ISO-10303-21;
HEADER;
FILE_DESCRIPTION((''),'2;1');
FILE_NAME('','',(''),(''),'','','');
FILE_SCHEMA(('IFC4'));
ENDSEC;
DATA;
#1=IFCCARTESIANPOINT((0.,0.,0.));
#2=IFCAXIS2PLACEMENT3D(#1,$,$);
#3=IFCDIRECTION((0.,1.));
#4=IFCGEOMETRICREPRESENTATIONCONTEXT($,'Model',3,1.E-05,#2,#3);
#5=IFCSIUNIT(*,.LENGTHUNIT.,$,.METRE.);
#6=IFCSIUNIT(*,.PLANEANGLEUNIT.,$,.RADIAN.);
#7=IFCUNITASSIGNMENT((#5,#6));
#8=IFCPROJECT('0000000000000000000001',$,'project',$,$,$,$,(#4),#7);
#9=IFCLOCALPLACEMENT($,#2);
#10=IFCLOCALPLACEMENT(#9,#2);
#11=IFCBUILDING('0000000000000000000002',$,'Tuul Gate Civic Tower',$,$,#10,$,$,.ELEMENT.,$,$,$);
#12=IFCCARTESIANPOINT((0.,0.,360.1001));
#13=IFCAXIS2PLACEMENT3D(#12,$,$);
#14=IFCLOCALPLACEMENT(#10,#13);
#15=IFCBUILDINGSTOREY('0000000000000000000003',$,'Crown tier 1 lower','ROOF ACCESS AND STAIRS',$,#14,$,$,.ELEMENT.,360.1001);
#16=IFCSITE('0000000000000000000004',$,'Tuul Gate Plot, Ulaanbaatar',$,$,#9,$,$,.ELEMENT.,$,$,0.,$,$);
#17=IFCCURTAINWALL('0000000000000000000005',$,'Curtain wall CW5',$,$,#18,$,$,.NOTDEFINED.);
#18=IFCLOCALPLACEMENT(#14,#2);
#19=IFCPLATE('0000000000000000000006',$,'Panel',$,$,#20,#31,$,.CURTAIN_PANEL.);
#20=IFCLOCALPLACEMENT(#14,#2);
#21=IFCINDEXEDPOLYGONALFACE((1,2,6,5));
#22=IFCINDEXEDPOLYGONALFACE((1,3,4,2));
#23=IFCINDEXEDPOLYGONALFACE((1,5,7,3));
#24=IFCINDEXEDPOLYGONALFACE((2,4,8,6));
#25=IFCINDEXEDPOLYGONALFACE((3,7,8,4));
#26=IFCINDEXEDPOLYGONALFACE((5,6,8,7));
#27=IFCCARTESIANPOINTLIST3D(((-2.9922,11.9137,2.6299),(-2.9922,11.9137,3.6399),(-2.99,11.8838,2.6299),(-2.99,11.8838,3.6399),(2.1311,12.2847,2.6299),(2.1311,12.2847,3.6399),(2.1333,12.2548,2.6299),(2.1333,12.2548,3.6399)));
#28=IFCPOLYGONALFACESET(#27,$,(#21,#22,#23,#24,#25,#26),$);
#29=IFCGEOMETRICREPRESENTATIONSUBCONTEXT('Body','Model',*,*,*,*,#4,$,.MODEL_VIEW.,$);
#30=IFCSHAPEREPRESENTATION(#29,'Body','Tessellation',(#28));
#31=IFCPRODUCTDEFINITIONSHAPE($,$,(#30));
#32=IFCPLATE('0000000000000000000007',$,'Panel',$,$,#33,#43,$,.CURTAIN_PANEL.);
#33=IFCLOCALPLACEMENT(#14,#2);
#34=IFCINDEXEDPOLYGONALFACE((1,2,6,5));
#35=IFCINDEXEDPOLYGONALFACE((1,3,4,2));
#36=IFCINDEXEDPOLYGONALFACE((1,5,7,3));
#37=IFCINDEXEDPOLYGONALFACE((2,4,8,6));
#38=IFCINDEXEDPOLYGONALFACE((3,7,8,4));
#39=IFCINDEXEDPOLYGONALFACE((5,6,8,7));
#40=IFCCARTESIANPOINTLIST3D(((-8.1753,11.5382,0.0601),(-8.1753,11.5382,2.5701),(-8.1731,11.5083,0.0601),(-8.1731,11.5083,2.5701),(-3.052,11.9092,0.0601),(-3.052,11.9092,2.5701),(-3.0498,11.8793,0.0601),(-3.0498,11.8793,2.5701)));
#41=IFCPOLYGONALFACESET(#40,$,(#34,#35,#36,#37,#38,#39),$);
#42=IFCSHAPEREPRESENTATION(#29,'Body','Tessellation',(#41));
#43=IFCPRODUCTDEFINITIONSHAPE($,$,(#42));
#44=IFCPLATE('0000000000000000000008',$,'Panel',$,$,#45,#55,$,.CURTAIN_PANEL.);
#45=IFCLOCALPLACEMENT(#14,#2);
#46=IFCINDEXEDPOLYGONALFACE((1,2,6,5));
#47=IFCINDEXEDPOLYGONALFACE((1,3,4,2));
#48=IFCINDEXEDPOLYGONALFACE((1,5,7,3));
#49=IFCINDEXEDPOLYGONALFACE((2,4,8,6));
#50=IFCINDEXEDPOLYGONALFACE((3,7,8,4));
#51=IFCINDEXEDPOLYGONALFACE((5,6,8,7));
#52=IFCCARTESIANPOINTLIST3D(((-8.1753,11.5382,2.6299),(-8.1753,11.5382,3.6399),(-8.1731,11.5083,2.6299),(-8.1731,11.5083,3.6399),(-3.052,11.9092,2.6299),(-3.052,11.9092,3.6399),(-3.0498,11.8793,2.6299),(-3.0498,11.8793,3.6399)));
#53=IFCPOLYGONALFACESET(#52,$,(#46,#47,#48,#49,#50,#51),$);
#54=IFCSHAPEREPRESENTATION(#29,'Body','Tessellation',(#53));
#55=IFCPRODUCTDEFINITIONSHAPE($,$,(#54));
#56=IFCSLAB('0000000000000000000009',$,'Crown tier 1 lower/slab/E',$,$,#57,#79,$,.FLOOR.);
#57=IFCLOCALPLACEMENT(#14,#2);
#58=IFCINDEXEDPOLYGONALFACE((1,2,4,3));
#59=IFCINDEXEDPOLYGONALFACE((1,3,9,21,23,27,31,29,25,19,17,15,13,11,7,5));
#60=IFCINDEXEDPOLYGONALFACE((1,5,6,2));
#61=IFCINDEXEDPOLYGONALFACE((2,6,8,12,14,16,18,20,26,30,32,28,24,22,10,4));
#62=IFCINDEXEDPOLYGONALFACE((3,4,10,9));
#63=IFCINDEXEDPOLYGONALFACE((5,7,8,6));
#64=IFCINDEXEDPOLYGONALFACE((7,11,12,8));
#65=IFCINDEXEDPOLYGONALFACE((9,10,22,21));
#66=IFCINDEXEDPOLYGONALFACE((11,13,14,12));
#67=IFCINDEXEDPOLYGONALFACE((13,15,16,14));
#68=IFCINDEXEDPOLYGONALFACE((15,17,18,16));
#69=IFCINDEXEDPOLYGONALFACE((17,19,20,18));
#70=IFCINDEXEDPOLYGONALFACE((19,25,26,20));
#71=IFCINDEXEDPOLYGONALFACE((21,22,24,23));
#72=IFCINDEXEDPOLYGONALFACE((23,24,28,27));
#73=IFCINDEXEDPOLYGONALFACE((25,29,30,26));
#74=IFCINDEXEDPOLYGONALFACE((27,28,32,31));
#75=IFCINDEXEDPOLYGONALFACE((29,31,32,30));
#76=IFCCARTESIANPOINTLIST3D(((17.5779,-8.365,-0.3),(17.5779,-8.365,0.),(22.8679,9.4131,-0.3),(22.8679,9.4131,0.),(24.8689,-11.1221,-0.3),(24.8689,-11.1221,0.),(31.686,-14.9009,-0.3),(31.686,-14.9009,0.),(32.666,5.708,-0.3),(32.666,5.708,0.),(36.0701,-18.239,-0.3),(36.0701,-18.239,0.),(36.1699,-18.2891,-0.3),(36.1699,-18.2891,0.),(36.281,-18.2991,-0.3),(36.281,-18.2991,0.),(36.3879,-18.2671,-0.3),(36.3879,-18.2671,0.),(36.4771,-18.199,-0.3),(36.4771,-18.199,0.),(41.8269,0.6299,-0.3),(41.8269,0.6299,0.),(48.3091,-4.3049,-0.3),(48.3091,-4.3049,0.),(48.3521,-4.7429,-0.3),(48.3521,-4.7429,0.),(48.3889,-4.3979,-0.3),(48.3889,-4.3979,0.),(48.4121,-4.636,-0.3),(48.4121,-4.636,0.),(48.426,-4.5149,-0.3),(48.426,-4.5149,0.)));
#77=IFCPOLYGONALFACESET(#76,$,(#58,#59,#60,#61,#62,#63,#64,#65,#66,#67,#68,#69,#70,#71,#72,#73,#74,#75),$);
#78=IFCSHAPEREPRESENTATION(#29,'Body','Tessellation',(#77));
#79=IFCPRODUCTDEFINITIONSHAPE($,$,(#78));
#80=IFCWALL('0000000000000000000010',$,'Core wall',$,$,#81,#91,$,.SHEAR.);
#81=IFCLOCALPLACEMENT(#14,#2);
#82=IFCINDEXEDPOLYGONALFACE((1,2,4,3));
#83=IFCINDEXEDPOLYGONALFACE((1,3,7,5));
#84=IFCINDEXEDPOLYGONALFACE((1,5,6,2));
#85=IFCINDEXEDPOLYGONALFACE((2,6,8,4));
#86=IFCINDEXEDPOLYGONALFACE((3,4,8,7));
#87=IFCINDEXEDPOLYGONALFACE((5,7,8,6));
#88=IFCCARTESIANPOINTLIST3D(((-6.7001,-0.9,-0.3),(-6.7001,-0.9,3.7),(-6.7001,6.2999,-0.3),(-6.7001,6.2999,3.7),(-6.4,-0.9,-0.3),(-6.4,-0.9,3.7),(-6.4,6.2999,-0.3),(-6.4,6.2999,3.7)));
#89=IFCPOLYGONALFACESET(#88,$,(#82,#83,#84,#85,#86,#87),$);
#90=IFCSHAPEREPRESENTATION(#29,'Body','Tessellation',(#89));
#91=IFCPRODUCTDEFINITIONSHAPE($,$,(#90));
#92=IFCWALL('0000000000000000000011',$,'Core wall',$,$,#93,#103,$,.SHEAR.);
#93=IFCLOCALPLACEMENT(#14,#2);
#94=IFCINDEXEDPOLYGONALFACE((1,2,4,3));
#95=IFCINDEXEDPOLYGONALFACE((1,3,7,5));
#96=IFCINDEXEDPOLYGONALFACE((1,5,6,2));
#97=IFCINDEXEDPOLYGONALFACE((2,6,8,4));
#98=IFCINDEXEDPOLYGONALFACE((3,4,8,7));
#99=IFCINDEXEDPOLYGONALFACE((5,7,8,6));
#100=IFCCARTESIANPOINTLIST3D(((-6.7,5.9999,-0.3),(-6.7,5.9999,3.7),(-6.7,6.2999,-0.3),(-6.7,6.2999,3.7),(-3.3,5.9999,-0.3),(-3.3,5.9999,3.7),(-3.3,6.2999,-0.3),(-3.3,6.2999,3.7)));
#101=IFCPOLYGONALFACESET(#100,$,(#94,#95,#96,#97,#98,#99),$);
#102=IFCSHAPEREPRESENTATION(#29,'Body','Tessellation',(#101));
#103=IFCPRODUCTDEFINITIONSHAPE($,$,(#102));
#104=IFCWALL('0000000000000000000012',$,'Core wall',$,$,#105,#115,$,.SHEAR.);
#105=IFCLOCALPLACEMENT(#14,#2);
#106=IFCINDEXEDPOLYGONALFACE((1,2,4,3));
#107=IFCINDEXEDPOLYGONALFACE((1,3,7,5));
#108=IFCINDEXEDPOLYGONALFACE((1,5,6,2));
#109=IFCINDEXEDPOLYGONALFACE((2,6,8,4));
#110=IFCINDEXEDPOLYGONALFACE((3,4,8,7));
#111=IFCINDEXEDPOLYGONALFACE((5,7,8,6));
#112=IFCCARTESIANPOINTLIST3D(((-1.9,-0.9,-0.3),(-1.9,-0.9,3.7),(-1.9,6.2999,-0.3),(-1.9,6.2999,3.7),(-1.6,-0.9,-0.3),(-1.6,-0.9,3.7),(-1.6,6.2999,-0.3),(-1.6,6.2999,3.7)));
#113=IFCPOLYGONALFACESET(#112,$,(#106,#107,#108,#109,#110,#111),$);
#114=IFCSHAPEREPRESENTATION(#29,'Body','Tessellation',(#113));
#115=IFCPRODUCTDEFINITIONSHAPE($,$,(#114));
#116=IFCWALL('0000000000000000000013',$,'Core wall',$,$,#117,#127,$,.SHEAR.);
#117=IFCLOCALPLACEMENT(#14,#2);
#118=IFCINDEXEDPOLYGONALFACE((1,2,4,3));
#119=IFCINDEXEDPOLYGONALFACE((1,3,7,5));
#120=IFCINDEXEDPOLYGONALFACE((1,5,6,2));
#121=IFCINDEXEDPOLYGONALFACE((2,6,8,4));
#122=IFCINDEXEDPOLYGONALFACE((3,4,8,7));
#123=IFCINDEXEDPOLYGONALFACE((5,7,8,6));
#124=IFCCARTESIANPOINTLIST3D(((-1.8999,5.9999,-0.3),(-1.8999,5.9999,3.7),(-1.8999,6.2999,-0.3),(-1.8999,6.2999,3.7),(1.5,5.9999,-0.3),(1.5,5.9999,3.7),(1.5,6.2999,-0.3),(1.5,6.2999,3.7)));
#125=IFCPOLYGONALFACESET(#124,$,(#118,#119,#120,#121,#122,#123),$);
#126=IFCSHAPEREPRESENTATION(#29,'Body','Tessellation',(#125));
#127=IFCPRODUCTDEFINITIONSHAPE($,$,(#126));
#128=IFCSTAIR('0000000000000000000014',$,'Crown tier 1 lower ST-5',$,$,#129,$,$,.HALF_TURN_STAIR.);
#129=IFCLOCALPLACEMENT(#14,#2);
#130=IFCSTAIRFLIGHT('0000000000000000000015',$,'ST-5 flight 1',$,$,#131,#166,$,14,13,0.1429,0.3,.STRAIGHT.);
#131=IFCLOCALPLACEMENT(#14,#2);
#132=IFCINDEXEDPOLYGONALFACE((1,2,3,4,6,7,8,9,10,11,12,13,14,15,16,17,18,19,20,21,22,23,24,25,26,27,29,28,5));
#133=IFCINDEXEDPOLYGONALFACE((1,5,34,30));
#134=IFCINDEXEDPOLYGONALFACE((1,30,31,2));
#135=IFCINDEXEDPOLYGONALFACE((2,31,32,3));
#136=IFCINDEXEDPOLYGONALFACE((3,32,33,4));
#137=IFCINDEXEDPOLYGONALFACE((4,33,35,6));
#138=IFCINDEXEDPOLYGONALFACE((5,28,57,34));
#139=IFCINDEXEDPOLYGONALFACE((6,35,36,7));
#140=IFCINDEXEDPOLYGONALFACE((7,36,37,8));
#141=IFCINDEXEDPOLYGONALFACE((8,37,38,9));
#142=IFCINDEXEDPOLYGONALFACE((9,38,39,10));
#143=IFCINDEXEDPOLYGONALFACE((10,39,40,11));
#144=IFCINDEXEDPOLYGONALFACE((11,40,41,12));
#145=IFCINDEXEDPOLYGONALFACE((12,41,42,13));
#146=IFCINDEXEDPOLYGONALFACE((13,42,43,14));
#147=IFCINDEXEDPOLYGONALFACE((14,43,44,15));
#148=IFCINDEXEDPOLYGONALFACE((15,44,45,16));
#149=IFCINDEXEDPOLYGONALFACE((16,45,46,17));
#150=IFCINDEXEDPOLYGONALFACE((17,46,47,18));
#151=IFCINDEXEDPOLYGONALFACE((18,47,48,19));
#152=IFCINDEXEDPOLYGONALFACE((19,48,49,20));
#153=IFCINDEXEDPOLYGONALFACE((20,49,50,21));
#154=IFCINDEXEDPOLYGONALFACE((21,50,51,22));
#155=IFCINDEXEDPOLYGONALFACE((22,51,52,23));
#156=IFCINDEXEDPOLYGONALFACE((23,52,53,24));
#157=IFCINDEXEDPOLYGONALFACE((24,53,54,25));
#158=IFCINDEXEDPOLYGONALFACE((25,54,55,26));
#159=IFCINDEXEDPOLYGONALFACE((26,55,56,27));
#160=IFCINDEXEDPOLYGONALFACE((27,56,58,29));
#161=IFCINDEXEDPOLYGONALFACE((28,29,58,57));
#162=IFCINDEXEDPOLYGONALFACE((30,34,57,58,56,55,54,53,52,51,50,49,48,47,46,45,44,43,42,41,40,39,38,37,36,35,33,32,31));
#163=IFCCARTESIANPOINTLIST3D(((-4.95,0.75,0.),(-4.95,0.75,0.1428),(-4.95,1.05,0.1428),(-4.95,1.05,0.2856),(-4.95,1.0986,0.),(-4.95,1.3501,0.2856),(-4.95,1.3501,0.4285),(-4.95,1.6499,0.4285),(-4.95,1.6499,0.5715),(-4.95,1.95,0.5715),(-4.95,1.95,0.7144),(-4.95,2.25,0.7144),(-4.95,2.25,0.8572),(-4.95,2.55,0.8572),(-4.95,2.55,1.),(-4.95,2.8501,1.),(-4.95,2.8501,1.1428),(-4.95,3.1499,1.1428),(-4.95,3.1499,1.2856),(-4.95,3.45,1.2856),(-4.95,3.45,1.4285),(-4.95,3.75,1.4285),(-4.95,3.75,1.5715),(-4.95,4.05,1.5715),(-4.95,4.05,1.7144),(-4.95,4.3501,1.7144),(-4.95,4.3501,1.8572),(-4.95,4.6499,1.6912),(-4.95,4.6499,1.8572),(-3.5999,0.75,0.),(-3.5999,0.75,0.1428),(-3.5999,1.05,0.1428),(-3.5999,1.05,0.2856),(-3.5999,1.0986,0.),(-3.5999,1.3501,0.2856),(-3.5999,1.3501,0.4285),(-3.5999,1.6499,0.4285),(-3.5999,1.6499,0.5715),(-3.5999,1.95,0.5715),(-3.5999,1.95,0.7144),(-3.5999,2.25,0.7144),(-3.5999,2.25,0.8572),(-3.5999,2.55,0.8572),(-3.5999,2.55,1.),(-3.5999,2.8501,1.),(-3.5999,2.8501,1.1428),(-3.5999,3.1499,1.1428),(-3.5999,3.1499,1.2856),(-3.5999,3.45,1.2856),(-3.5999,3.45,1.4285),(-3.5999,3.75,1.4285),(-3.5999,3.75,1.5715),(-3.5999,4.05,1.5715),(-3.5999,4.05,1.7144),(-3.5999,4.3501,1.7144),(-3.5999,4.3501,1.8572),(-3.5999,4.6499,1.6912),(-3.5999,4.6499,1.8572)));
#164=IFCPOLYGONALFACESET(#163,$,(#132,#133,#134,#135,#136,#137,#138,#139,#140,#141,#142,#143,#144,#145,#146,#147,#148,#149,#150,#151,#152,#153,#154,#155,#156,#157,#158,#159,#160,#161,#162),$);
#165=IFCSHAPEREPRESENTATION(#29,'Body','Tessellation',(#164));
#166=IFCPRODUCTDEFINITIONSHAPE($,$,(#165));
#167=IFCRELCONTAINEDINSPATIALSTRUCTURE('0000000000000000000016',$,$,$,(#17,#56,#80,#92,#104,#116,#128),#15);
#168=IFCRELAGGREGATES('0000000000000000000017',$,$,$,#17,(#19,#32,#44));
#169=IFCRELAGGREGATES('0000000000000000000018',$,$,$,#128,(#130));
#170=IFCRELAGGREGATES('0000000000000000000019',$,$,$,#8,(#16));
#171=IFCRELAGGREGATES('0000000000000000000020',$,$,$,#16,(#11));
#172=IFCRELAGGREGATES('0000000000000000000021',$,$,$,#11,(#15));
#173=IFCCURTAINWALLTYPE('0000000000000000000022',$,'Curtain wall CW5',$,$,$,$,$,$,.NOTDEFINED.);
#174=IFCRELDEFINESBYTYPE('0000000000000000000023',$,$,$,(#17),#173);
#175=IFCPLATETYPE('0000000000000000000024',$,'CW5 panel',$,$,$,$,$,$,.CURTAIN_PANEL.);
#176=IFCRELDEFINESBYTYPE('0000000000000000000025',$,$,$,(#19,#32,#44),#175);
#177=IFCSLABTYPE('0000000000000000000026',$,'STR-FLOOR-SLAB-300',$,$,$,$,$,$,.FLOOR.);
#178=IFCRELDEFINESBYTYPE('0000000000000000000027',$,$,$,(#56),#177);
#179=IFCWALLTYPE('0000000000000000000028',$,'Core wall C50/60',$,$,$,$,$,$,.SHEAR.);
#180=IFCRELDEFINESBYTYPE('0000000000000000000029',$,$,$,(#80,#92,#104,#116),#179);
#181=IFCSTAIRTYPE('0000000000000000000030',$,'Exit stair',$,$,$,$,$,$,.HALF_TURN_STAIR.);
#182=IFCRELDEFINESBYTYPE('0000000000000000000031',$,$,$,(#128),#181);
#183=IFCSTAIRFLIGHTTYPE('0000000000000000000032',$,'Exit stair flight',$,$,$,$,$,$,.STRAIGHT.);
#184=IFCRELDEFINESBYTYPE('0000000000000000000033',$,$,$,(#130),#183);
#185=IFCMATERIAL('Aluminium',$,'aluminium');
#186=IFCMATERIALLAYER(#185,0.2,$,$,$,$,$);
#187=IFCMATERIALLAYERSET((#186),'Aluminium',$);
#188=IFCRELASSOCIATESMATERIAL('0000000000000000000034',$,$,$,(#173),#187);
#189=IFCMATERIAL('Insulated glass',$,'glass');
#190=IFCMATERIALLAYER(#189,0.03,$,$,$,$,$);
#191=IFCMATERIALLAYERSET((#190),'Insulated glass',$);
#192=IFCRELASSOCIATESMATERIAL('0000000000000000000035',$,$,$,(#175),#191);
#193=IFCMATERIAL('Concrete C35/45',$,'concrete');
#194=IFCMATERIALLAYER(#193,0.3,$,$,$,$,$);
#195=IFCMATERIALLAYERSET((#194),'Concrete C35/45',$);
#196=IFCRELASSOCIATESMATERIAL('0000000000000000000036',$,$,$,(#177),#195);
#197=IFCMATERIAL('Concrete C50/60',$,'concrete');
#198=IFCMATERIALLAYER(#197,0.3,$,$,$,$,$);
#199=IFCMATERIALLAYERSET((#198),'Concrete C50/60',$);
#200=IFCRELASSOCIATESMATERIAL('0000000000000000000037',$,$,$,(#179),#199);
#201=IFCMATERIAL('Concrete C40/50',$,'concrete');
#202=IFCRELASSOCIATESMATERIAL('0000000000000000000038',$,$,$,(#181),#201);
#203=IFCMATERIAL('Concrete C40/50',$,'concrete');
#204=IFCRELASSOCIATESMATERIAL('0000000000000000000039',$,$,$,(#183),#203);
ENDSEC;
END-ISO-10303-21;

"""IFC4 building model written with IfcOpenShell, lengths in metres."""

from ifc_helpers import new_model, si_unit, direction, frame, frame_2d, origin, origin_2d, place, context, subcontext, project, spatial, polyline, rectangle, outline, extrude, material, layer, layer_set, type_object, element, aggregate, save


model = new_model("IFC4")

# Units and contexts
model_context = context("Model", 3, precision=1e-05, world=origin(), true_north=direction((0.0, 1.0)))
body_context = subcontext(model_context, "Body", "Model", "MODEL_VIEW")
ifc_project = project(units=[si_unit("LENGTHUNIT", "METRE"), si_unit("PLANEANGLEUNIT", "RADIAN")], contexts=[model_context])

# Site, building, storey
site_placement = place(None, origin())
site = spatial("IfcSite", under=ifc_project, at=site_placement, Name="Tuul Gate Plot, Ulaanbaatar", CompositionType="ELEMENT", RefElevation=0.0)
building_placement = place(site_placement, origin())
building = spatial("IfcBuilding", under=site, at=building_placement, Name="Tuul Gate Civic Tower", CompositionType="ELEMENT")
storey_placement = place(building_placement, frame((0.0, 0.0, 360.1001)))
storey = spatial("IfcBuildingStorey", under=building, at=storey_placement, Name="Crown tier 1 lower", Description="ROOF ACCESS AND STAIRS", CompositionType="ELEMENT", Elevation=360.1001)

# Curtain wall
ifc_material_1 = material(Name="Aluminium", Category="aluminium")
ifc_layer_1 = layer(ifc_material_1, 0.2)
ifc_layer_set_1 = layer_set([ifc_layer_1], Name="Aluminium")
curtain_wall_type = type_object("IfcCurtainWallType", Name="Curtain wall CW5", PredefinedType="NOTDEFINED", material=ifc_layer_set_1)
curtain_wall_placement = place(storey_placement, origin())
curtain_wall = element("IfcCurtainWall", 1, at=curtain_wall_placement, inside=storey, type_object=curtain_wall_type, Name="Curtain wall CW5", PredefinedType="NOTDEFINED")

# Plates
ifc_material_2 = material(Name="Insulated glass", Category="glass")
ifc_layer_2 = layer(ifc_material_2, 0.03)
ifc_layer_set_2 = layer_set([ifc_layer_2], Name="Insulated glass")
plate_type = type_object("IfcPlateType", Name="CW5 panel", PredefinedType="CURTAIN_PANEL", material=ifc_layer_set_2)
plate_1_placement = place(storey_placement, frame((-0.4294, 12.0842, 2.6299), z_axis=(0.0, 0.0, 1.0), x_axis=(-0.997388, -0.072226, 0.0)))
plate_1 = element("IfcPlate", 2, at=plate_1_placement, type_object=plate_type, Name="Panel", PredefinedType="CURTAIN_PANEL", context=body_context, shape_type="SweptSolid", body=[
    extrude(rectangle(XDim=5.1367, YDim=0.03, at=origin_2d()), origin(), (0.0, 0.0, 1.0), 1.01),
])
plate_2_placement = place(storey_placement, frame((-5.6125, 11.7087, 0.0601), z_axis=(0.0, 0.0, 1.0), x_axis=(-0.997388, -0.072226, 0.0)))
plate_2 = element("IfcPlate", 3, at=plate_2_placement, type_object=plate_type, Name="Panel", PredefinedType="CURTAIN_PANEL", context=body_context, shape_type="SweptSolid", body=[
    extrude(rectangle(XDim=5.1367, YDim=0.03, at=origin_2d()), origin(), (0.0, 0.0, 1.0), 2.51),
])
plate_3_placement = place(storey_placement, frame((-5.6125, 11.7087, 2.6299), z_axis=(0.0, 0.0, 1.0), x_axis=(-0.997388, -0.072226, 0.0)))
plate_3 = element("IfcPlate", 4, at=plate_3_placement, type_object=plate_type, Name="Panel", PredefinedType="CURTAIN_PANEL", context=body_context, shape_type="SweptSolid", body=[
    extrude(rectangle(XDim=5.1367, YDim=0.03, at=origin_2d()), origin(), (0.0, 0.0, 1.0), 1.01),
])
aggregate(curtain_wall, [plate_1, plate_2, plate_3])

# Slab
ifc_material_3 = material(Name="Concrete C35/45", Category="concrete")
ifc_layer_3 = layer(ifc_material_3, 0.3)
ifc_layer_set_3 = layer_set([ifc_layer_3], Name="Concrete C35/45")
slab_type = type_object("IfcSlabType", Name="STR-FLOOR-SLAB-300", PredefinedType="FLOOR", material=ifc_layer_set_3)
slab_placement = place(storey_placement, frame((0.0, 0.0, -0.3)))
element("IfcSlab", 5, at=slab_placement, inside=storey, type_object=slab_type, Name="Crown tier 1 lower/slab/E", PredefinedType="FLOOR", context=body_context, shape_type="SweptSolid", body=[
    extrude(outline(polyline([(36.3879, -18.2671), (36.4771, -18.199), (48.3521, -4.7429), (48.4121, -4.636), (48.426, -4.5149), (48.3889, -4.3979), (48.3091, -4.3049), (41.8269, 0.6299), (32.666, 5.708), (22.8679, 9.4131), (17.5779, -8.365), (24.8689, -11.1221), (31.686, -14.9009), (36.0701, -18.239), (36.1699, -18.2891), (36.281, -18.2991), (36.3879, -18.2671)])), origin(), (0.0, 0.0, 1.0), 0.3),
])

# Walls
ifc_material_4 = material(Name="Concrete C50/60", Category="concrete")
ifc_layer_4 = layer(ifc_material_4, 0.3)
ifc_layer_set_4 = layer_set([ifc_layer_4], Name="Concrete C50/60")
wall_type = type_object("IfcWallType", Name="Core wall C50/60", PredefinedType="SHEAR", material=ifc_layer_set_4)
wall_1_placement = place(storey_placement, frame((-6.55, 6.3, -0.3), z_axis=(0.0, 0.0, 1.0), x_axis=(0.0, -1.0, 0.0)))
element("IfcWall", 6, at=wall_1_placement, inside=storey, type_object=wall_type, Name="Core wall", PredefinedType="SHEAR", context=body_context, shape_type="SweptSolid", body=[
    extrude(rectangle(XDim=7.2, YDim=0.3, at=frame_2d((3.6001, 0.0))), origin(), (0.0, 0.0, 1.0), 4.0),
])
wall_2_placement = place(storey_placement, frame((-3.3, 6.1499, -0.3), z_axis=(0.0, 0.0, 1.0), x_axis=(-1.0, 0.0, 0.0)))
element("IfcWall", 7, at=wall_2_placement, inside=storey, type_object=wall_type, Name="Core wall", PredefinedType="SHEAR", context=body_context, shape_type="SweptSolid", body=[
    extrude(rectangle(XDim=3.3999, YDim=0.3, at=frame_2d((1.7, 0.0))), origin(), (0.0, 0.0, 1.0), 4.0),
])
wall_3_placement = place(storey_placement, frame((-1.75, 6.3, -0.3), z_axis=(0.0, 0.0, 1.0), x_axis=(0.0, -1.0, 0.0)))
element("IfcWall", 8, at=wall_3_placement, inside=storey, type_object=wall_type, Name="Core wall", PredefinedType="SHEAR", context=body_context, shape_type="SweptSolid", body=[
    extrude(rectangle(XDim=7.2, YDim=0.3, at=frame_2d((3.6001, 0.0))), origin(), (0.0, 0.0, 1.0), 4.0),
])
wall_4_placement = place(storey_placement, frame((1.5, 6.1499, -0.3), z_axis=(0.0, 0.0, 1.0), x_axis=(-1.0, 0.0, 0.0)))
element("IfcWall", 9, at=wall_4_placement, inside=storey, type_object=wall_type, Name="Core wall", PredefinedType="SHEAR", context=body_context, shape_type="SweptSolid", body=[
    extrude(rectangle(XDim=3.3999, YDim=0.3, at=frame_2d((1.7, 0.0))), origin(), (0.0, 0.0, 1.0), 4.0),
])

# Stair, stair flight
ifc_material_5 = material(Name="Concrete C40/50", Category="concrete")
stair_type = type_object("IfcStairType", Name="Exit stair", PredefinedType="HALF_TURN_STAIR", material=ifc_material_5)
stair_1_placement = place(storey_placement, origin())
stair_1 = element("IfcStair", 10, at=stair_1_placement, inside=storey, type_object=stair_type, Name="Crown tier 1 lower ST-5", PredefinedType="HALF_TURN_STAIR")
ifc_material_6 = material(Name="Concrete C40/50", Category="concrete")
stair_flight_type = type_object("IfcStairFlightType", Name="Exit stair flight", PredefinedType="STRAIGHT", material=ifc_material_6)
stair_flight_1_placement = place(storey_placement, frame((-4.2749, 0.75, 0.0), z_axis=(0.0, 0.0, 1.0), x_axis=(0.0, 1.0, 0.0)))
stair_flight_1 = element("IfcStairFlight", 11, at=stair_flight_1_placement, type_object=stair_flight_type, Name="ST-5 flight 1", NumberOfRisers=14, NumberOfTreads=13, PredefinedType="STRAIGHT", RiserHeight=0.1429, TreadLength=0.3, context=body_context, shape_type="SweptSolid", body=[
    extrude(outline(polyline([(0.0, 0.0), (0.0, 0.1428), (0.3, 0.1428), (0.3, 0.2856), (0.6001, 0.2856), (0.6001, 0.4285), (0.8999, 0.4285), (0.8999, 0.5715), (1.2, 0.5715), (1.2, 0.7144), (1.5, 0.7144), (1.5, 0.8572), (1.8, 0.8572), (1.8, 1.0), (2.1001, 1.0), (2.1001, 1.1428), (2.3999, 1.1428), (2.3999, 1.2856), (2.7, 1.2856), (2.7, 1.4285), (3.0, 1.4285), (3.0, 1.5715), (3.3, 1.5715), (3.3, 1.7144), (3.6001, 1.7144), (3.6001, 1.8572), (3.8999, 1.8572), (3.8999, 2.0), (3.8999, 1.6912), (0.3486, 0.0), (0.0, 0.0)])), frame((0.0, 0.675, 0.0), z_axis=(0.0, -1.0, 0.0), x_axis=(1.0, 0.0, 0.0)), (0.0, 0.0, 1.0), 1.3501),
])
aggregate(stair_1, [stair_flight_1])

save(model, "model.ifc")
